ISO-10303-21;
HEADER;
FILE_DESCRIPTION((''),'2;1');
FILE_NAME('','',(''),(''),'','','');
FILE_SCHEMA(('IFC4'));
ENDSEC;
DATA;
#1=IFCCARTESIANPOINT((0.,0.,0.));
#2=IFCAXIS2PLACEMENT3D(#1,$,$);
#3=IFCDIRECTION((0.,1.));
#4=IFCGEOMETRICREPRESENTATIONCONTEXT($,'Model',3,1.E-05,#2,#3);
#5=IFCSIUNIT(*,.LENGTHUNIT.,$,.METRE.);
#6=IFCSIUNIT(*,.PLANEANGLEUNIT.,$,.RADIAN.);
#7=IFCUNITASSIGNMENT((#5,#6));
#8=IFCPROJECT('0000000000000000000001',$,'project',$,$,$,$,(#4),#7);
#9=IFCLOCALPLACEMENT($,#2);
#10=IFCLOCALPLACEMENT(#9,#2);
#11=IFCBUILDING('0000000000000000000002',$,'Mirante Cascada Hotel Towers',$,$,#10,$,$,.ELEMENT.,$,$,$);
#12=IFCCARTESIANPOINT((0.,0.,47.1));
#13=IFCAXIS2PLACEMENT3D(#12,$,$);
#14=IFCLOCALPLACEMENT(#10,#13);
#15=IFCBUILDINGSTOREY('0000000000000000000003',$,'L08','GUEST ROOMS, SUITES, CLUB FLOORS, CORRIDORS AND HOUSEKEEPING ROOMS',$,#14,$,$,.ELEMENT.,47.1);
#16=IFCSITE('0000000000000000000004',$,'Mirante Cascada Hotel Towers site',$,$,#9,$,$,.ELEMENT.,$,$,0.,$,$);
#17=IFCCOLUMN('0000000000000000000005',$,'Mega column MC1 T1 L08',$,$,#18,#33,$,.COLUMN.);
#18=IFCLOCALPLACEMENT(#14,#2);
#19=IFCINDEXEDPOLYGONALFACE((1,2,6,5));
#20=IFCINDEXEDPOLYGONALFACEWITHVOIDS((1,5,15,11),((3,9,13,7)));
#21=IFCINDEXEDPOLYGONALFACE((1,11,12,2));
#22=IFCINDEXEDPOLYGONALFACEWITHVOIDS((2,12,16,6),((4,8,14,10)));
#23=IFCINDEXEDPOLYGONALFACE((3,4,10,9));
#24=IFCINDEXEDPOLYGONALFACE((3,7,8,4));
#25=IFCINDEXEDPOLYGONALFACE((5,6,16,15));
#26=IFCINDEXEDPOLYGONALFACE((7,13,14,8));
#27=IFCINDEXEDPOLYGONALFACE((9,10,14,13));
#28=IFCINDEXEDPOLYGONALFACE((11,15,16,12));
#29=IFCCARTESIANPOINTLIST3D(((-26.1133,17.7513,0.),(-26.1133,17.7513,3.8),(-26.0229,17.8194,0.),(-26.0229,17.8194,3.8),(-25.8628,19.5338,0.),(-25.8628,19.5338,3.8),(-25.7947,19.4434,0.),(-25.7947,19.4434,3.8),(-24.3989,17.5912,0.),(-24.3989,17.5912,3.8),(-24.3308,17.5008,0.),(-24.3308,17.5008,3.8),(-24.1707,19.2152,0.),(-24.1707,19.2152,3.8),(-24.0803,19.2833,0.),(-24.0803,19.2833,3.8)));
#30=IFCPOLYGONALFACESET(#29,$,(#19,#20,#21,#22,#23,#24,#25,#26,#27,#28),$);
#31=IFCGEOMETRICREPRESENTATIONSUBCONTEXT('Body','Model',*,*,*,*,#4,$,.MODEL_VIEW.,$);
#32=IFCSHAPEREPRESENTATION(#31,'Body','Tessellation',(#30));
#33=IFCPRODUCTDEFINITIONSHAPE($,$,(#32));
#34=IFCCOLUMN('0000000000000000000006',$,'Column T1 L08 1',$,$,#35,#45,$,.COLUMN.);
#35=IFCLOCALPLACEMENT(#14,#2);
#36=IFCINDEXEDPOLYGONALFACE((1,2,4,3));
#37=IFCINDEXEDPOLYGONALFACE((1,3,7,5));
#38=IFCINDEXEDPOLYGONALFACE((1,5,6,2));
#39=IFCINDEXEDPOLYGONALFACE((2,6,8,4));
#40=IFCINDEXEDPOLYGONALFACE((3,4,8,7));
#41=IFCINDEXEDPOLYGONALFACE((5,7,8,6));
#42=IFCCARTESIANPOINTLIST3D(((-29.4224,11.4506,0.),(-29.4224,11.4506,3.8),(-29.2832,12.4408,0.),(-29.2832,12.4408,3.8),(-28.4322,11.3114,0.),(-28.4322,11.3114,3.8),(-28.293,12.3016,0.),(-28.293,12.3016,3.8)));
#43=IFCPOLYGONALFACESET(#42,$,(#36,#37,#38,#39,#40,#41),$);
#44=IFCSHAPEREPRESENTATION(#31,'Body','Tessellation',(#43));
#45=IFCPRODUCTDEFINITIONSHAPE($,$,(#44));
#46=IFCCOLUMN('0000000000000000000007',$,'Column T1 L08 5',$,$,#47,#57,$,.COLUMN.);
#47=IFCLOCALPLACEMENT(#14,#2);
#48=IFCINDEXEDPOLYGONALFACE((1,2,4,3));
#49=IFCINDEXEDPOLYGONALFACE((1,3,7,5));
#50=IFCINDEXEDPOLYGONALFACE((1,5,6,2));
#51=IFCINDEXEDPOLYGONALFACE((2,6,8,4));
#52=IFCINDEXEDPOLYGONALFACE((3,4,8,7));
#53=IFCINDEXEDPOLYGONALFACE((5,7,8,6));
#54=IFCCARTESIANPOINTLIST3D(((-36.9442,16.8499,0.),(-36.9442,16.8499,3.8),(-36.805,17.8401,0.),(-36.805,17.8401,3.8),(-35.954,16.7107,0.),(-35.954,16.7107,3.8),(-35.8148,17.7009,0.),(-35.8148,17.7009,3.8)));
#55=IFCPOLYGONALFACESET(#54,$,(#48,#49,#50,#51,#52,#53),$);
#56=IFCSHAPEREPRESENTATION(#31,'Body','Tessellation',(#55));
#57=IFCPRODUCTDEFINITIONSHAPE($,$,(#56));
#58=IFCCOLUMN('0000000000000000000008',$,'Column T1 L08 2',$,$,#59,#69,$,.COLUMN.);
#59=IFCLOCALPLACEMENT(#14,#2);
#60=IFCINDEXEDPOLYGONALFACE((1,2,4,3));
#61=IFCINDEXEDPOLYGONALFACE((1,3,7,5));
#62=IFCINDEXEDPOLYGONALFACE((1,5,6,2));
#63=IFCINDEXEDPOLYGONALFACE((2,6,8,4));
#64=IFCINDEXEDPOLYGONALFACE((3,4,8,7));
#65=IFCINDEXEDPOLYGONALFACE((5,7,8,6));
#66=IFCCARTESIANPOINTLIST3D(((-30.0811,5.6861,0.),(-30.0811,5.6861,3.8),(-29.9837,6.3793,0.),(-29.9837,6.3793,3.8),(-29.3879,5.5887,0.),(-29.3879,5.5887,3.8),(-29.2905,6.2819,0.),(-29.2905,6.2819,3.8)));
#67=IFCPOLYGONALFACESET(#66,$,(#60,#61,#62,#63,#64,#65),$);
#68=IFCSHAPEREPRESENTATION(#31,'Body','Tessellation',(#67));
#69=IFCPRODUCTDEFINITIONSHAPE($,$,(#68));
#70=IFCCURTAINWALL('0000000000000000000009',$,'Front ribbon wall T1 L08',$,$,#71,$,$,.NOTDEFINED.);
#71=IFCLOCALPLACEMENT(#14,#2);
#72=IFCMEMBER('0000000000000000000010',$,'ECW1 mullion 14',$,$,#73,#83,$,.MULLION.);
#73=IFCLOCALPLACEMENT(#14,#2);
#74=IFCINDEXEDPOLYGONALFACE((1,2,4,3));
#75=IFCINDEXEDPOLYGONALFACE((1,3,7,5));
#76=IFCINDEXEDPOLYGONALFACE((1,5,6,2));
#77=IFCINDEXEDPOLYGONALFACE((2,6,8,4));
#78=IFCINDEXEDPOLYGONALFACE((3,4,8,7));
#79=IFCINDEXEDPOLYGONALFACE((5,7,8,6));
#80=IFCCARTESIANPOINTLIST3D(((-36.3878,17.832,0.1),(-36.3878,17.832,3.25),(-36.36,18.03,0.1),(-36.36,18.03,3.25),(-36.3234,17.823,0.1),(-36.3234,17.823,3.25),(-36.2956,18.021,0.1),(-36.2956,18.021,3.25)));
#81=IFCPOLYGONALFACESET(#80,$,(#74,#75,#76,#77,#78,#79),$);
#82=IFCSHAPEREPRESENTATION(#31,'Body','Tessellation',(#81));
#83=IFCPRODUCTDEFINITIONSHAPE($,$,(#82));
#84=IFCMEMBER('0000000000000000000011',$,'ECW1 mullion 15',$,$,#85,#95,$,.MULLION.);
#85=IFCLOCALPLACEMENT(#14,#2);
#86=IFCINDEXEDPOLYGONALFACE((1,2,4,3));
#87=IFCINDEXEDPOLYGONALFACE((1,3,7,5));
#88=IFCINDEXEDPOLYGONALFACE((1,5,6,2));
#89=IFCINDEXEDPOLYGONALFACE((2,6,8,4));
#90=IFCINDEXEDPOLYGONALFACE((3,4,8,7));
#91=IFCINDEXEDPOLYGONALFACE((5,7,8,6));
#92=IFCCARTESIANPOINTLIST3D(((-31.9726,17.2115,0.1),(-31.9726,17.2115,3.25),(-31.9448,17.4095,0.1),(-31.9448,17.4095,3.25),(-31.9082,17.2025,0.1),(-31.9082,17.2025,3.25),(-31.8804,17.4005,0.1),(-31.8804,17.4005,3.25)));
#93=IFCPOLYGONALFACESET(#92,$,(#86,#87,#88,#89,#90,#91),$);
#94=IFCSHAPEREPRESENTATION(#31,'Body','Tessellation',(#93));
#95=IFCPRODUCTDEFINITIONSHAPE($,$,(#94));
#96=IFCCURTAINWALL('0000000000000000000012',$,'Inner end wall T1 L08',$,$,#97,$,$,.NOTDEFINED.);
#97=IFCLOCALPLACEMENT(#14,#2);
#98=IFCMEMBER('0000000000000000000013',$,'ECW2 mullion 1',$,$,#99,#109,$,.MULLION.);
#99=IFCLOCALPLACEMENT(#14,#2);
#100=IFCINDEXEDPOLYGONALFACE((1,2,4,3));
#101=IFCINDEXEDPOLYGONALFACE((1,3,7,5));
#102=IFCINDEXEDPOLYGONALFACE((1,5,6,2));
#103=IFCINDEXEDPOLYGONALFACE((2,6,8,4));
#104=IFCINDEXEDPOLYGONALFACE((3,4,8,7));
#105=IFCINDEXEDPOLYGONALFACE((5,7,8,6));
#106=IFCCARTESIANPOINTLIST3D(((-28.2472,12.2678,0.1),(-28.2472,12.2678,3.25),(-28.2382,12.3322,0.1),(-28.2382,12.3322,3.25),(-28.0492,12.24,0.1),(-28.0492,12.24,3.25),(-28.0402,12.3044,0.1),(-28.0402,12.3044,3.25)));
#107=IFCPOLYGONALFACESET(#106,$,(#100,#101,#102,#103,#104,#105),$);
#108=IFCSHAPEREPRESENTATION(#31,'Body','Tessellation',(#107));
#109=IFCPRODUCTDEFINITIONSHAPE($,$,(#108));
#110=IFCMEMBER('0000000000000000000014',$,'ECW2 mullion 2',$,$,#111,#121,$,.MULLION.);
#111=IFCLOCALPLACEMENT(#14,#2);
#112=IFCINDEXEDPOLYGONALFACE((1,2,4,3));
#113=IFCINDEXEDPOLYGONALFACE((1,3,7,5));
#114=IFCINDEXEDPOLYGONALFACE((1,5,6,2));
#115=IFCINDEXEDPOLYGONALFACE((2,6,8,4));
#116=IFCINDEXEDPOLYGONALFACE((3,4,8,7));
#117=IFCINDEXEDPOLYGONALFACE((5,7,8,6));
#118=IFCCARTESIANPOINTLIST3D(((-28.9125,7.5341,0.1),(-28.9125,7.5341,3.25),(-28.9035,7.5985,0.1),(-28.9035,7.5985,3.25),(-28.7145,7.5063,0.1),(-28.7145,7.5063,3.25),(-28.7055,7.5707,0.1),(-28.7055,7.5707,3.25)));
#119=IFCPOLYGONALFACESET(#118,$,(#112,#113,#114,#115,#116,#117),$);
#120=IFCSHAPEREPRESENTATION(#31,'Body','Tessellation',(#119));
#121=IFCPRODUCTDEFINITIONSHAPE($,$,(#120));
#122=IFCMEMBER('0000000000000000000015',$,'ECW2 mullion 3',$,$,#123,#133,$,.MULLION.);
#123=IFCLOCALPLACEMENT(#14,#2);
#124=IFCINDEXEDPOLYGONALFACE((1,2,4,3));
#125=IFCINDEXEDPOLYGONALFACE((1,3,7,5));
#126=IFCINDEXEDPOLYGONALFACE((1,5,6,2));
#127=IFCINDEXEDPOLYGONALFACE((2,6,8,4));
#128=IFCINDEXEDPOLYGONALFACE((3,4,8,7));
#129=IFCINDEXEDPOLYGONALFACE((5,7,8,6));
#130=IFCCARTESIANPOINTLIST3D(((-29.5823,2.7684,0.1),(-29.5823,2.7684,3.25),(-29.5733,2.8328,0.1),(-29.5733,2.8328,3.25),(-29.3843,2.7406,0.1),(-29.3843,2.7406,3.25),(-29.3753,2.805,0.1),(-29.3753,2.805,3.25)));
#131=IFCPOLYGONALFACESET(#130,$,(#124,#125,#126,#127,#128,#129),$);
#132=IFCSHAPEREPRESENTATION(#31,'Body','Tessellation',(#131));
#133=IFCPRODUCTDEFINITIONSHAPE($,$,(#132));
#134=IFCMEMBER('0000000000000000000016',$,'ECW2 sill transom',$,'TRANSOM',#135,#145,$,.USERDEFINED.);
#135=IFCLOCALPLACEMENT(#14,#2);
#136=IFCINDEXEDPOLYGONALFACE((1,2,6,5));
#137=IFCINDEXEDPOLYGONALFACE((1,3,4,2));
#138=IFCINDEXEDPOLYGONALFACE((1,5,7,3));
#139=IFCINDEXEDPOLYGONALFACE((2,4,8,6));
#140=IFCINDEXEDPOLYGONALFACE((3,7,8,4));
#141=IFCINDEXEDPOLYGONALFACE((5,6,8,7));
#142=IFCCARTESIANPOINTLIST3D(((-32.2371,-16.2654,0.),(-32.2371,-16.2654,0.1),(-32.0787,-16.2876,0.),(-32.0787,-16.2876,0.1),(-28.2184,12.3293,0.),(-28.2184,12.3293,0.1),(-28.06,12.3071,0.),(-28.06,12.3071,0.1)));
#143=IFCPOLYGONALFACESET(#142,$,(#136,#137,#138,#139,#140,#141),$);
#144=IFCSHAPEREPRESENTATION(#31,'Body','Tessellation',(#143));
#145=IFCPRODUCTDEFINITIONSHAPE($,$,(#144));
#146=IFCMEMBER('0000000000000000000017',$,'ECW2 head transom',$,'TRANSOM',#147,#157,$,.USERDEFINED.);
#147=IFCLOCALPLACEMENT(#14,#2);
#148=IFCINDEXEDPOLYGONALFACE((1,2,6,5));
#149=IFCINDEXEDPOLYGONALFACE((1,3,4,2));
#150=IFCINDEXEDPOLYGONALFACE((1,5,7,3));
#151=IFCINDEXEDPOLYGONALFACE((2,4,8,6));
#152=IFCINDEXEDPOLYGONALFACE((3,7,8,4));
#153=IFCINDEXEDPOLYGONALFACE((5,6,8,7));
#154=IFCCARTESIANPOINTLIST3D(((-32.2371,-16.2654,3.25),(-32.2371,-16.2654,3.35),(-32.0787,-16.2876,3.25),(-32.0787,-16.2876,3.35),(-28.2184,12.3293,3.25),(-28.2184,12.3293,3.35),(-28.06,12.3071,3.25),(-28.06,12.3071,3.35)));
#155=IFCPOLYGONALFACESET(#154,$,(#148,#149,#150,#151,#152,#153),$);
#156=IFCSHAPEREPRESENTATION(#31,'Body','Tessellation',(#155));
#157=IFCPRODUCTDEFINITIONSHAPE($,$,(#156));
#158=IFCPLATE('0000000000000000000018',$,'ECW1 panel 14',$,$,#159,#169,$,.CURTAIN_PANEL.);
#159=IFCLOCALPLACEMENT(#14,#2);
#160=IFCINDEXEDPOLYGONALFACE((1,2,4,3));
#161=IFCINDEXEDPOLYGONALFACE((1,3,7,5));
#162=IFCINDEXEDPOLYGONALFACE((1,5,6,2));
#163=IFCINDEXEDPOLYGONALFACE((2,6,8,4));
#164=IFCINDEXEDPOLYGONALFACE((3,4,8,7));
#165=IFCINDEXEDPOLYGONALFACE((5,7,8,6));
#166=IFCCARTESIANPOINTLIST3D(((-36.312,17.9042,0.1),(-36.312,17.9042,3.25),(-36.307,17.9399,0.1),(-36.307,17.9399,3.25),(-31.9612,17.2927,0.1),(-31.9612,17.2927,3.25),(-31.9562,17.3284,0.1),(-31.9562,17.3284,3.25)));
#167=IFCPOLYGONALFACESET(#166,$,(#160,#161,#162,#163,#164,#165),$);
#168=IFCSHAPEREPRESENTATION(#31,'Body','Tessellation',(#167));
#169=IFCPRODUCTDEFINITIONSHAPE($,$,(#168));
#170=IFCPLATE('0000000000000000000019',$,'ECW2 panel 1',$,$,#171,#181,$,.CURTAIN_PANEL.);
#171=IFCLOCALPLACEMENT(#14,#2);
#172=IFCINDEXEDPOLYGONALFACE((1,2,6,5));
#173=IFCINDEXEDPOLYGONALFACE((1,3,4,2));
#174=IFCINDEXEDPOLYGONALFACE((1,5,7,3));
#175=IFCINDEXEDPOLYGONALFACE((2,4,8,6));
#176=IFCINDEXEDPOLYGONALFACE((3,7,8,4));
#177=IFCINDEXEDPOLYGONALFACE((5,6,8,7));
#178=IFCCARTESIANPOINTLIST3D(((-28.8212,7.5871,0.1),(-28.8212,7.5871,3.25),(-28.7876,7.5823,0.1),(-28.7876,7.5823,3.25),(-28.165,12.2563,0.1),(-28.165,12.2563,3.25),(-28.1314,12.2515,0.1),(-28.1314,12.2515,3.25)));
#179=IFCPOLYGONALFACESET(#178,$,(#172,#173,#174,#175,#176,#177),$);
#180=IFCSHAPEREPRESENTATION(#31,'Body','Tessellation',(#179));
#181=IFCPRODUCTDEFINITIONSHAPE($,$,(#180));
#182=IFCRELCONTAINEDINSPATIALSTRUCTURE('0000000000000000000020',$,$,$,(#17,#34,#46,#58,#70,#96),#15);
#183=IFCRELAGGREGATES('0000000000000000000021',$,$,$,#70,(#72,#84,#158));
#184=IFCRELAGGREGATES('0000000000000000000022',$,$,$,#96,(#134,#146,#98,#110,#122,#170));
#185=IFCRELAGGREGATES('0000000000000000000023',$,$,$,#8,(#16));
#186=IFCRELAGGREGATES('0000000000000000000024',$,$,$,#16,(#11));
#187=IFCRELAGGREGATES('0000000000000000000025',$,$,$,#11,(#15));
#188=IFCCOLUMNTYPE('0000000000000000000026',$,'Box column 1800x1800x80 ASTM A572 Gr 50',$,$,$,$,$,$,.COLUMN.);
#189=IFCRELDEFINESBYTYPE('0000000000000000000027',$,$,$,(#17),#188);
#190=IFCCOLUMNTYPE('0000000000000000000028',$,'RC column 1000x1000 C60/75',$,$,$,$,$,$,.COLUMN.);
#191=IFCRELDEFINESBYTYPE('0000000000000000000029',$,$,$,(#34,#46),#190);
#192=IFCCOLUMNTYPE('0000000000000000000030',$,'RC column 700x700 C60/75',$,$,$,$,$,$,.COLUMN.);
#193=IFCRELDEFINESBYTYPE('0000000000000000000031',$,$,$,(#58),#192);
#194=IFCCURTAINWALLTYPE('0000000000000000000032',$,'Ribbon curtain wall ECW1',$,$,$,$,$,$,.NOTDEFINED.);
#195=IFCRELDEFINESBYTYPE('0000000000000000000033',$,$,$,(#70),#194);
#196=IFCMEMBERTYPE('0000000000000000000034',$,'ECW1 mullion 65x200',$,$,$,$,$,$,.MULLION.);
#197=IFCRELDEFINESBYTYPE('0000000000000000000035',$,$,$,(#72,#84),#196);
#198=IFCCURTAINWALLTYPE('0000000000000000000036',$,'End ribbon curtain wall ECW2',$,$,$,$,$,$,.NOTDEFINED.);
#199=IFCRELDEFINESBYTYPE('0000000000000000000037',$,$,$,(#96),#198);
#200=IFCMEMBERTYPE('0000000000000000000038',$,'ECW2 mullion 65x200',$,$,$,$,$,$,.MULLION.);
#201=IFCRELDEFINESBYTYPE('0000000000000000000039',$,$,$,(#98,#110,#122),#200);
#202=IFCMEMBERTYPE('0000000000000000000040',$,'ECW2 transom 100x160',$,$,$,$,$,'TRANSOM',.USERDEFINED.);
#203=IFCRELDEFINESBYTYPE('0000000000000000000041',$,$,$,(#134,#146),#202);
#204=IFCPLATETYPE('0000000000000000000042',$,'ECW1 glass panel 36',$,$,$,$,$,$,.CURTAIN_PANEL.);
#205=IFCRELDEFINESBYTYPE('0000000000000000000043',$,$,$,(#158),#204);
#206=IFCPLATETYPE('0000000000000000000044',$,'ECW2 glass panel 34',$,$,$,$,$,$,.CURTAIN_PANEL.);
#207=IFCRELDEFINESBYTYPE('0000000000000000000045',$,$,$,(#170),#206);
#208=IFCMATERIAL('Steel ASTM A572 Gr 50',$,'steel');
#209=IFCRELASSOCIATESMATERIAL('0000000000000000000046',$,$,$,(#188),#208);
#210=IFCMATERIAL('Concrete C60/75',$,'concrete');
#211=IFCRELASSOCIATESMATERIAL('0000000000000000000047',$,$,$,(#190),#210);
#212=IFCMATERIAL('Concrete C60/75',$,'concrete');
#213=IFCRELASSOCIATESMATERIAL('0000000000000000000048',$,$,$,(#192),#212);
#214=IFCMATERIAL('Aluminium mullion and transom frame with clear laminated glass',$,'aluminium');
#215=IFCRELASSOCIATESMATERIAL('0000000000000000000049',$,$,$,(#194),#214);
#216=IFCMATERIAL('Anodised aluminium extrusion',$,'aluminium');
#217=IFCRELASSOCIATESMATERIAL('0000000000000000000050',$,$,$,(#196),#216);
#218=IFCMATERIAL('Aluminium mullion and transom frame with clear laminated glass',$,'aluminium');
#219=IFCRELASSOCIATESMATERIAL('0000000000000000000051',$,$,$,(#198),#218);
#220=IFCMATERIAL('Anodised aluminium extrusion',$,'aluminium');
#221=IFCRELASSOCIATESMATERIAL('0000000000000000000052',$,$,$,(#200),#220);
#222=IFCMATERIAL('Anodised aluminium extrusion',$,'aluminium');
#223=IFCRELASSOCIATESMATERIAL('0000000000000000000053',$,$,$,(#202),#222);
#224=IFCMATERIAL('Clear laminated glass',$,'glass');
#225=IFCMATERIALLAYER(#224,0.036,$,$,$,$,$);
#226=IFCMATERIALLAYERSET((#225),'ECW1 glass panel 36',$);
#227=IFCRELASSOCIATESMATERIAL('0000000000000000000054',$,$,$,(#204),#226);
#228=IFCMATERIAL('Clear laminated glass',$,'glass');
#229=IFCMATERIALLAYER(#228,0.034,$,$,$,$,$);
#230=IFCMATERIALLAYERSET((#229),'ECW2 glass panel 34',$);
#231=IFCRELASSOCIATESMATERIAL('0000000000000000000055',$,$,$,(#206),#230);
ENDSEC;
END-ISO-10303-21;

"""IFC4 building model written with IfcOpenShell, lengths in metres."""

from ifc_helpers import new_model, si_unit, direction, frame, origin, origin_2d, place, context, subcontext, project, spatial, rectangle, hollow_rectangle, extrude, material, layer, layer_set, material_profile, profile_set, type_object, element, aggregate, save


model = new_model("IFC4")

# Units and contexts
model_context = context("Model", 3, precision=1e-05, world=origin(), true_north=direction((0.0, 1.0)))
body_context = subcontext(model_context, "Body", "Model", "MODEL_VIEW")
ifc_project = project(units=[si_unit("LENGTHUNIT", "METRE"), si_unit("PLANEANGLEUNIT", "RADIAN")], contexts=[model_context])

# Site, building, storey
site_placement = place(None, origin())
site = spatial("IfcSite", under=ifc_project, at=site_placement, Name="Mirante Cascada Hotel Towers site", CompositionType="ELEMENT", RefElevation=0.0)
building_placement = place(site_placement, origin())
building = spatial("IfcBuilding", under=site, at=building_placement, Name="Mirante Cascada Hotel Towers", CompositionType="ELEMENT")
storey_placement = place(building_placement, frame((0.0, 0.0, 47.1)))
storey = spatial("IfcBuildingStorey", under=building, at=storey_placement, Name="L08", Description="GUEST ROOMS, SUITES, CLUB FLOORS, CORRIDORS AND HOUSEKEEPING ROOMS", CompositionType="ELEMENT", Elevation=47.1)

# Columns
ifc_material_1 = material(Name="Steel ASTM A572 Gr 50", Category="steel")
ifc_material_profile_1 = material_profile(ifc_material_1, hollow_rectangle(XDim=1.8, YDim=1.8, WallThickness=0.08, at=origin_2d()), Name="Box column 1800x1800x80 ASTM A572 Gr 50")
ifc_profile_set_1 = profile_set([ifc_material_profile_1], Name="Steel ASTM A572 Gr 50")
column_type_1 = type_object("IfcColumnType", Name="Box column 1800x1800x80 ASTM A572 Gr 50", PredefinedType="COLUMN", material=ifc_profile_set_1)
column_1_placement = place(storey_placement, frame((-25.0968, 18.5173, 0.0), z_axis=(0.0, 0.0, 1.0), x_axis=(-0.990268, 0.139173, 0.0)))
element("IfcColumn", 1, at=column_1_placement, inside=storey, type_object=column_type_1, Name="Mega column MC1 T1 L08", PredefinedType="COLUMN", context=body_context, shape_type="SweptSolid", body=[
    extrude(hollow_rectangle(XDim=1.8, YDim=1.8, WallThickness=0.08, at=origin_2d()), origin(), (0.0, 0.0, 1.0), 3.8),
])
ifc_material_2 = material(Name="Concrete C60/75", Category="concrete")
ifc_material_profile_2 = material_profile(ifc_material_2, rectangle(XDim=1.0, YDim=1.0, at=origin_2d()), Name="RC column 1000x1000 C60/75")
ifc_profile_set_2 = profile_set([ifc_material_profile_2], Name="Concrete C60/75")
column_type_2 = type_object("IfcColumnType", Name="RC column 1000x1000 C60/75", PredefinedType="COLUMN", material=ifc_profile_set_2)
for number, where, z_axis, x_axis, name in (
    (2, (-28.8577, 11.8761, 0.0), (0.0, 0.0, 1.0), (-0.990268, 0.139173, 0.0), "Column T1 L08 1"),
    (3, (-36.3795, 17.2754, 0.0), (0.0, 0.0, 1.0), (-0.990268, 0.139173, 0.0), "Column T1 L08 5"),
):
    element("IfcColumn", number, at=place(storey_placement, frame(where, z_axis=z_axis, x_axis=x_axis)), inside=storey, type_object=column_type_2, Name=name, PredefinedType="COLUMN", context=body_context, shape_type="SweptSolid", body=[
        extrude(rectangle(XDim=1.0, YDim=1.0, at=origin_2d()), origin(), (0.0, 0.0, 1.0), 3.8),
    ])
ifc_material_3 = material(Name="Concrete C60/75", Category="concrete")
ifc_material_profile_3 = material_profile(ifc_material_3, rectangle(XDim=0.7, YDim=0.7, at=origin_2d()), Name="RC column 700x700 C60/75")
ifc_profile_set_3 = profile_set([ifc_material_profile_3], Name="Concrete C60/75")
column_type_3 = type_object("IfcColumnType", Name="RC column 700x700 C60/75", PredefinedType="COLUMN", material=ifc_profile_set_3)
column_2_placement = place(storey_placement, frame((-29.6858, 5.984, 0.0), z_axis=(0.0, 0.0, 1.0), x_axis=(-0.990268, 0.139173, 0.0)))
element("IfcColumn", 4, at=column_2_placement, inside=storey, type_object=column_type_3, Name="Column T1 L08 2", PredefinedType="COLUMN", context=body_context, shape_type="SweptSolid", body=[
    extrude(rectangle(XDim=0.7, YDim=0.7, at=origin_2d()), origin(), (0.0, 0.0, 1.0), 3.8),
])

# Curtain walls, members
ifc_material_4 = material(Name="Aluminium mullion and transom frame with clear laminated glass", Category="aluminium")
curtain_wall_type_1 = type_object("IfcCurtainWallType", Name="Ribbon curtain wall ECW1", PredefinedType="NOTDEFINED", material=ifc_material_4)
curtain_wall_1_placement = place(storey_placement, origin())
curtain_wall_1 = element("IfcCurtainWall", 5, at=curtain_wall_1_placement, inside=storey, type_object=curtain_wall_type_1, Name="Front ribbon wall T1 L08", PredefinedType="NOTDEFINED")
ifc_material_5 = material(Name="Anodised aluminium extrusion", Category="aluminium")
ifc_material_profile_4 = material_profile(ifc_material_5, rectangle(XDim=0.2, YDim=0.065, at=origin_2d()), Name="ECW1 MULLION 65x200")
ifc_profile_set_4 = profile_set([ifc_material_profile_4], Name="Anodised aluminium extrusion")
member_type_1 = type_object("IfcMemberType", Name="ECW1 mullion 65x200", PredefinedType="MULLION", material=ifc_profile_set_4)
member_1_placement = place(storey_placement, frame((-36.3417, 17.9265, 0.1), z_axis=(0.0, 0.0, 1.0), x_axis=(0.139173, 0.990268, 0.0)))
member_1 = element("IfcMember", 6, at=member_1_placement, type_object=member_type_1, Name="ECW1 mullion 14", PredefinedType="MULLION", context=body_context, shape_type="SweptSolid", body=[
    extrude(rectangle(XDim=0.2, YDim=0.065, at=origin_2d()), origin(), (0.0, 0.0, 1.0), 3.15),
])
member_2_placement = place(storey_placement, frame((-31.9265, 17.306, 0.1), z_axis=(0.0, 0.0, 1.0), x_axis=(0.139173, 0.990268, 0.0)))
member_2 = element("IfcMember", 7, at=member_2_placement, type_object=member_type_1, Name="ECW1 mullion 15", PredefinedType="MULLION", context=body_context, shape_type="SweptSolid", body=[
    extrude(rectangle(XDim=0.2, YDim=0.065, at=origin_2d()), origin(), (0.0, 0.0, 1.0), 3.15),
])
ifc_material_6 = material(Name="Aluminium mullion and transom frame with clear laminated glass", Category="aluminium")
curtain_wall_type_2 = type_object("IfcCurtainWallType", Name="End ribbon curtain wall ECW2", PredefinedType="NOTDEFINED", material=ifc_material_6)
curtain_wall_2_placement = place(storey_placement, origin())
curtain_wall_2 = element("IfcCurtainWall", 8, at=curtain_wall_2_placement, inside=storey, type_object=curtain_wall_type_2, Name="Inner end wall T1 L08", PredefinedType="NOTDEFINED")
ifc_material_7 = material(Name="Anodised aluminium extrusion", Category="aluminium")
ifc_material_profile_5 = material_profile(ifc_material_7, rectangle(XDim=0.2, YDim=0.065, at=origin_2d()), Name="ECW2 MULLION 65x200")
ifc_profile_set_5 = profile_set([ifc_material_profile_5], Name="Anodised aluminium extrusion")
member_type_2 = type_object("IfcMemberType", Name="ECW2 mullion 65x200", PredefinedType="MULLION", material=ifc_profile_set_5)
member_3_placement = place(storey_placement, frame((-28.1437, 12.2861, 0.1), z_axis=(0.0, 0.0, 1.0), x_axis=(0.990268, -0.139173, 0.0)))
member_3 = element("IfcMember", 9, at=member_3_placement, type_object=member_type_2, Name="ECW2 mullion 1", PredefinedType="MULLION", context=body_context, shape_type="SweptSolid", body=[
    extrude(rectangle(XDim=0.2, YDim=0.065, at=origin_2d()), origin(), (0.0, 0.0, 1.0), 3.15),
])
member_4_placement = place(storey_placement, frame((-28.809, 7.5524, 0.1), z_axis=(0.0, 0.0, 1.0), x_axis=(0.990268, -0.139173, 0.0)))
member_4 = element("IfcMember", 10, at=member_4_placement, type_object=member_type_2, Name="ECW2 mullion 2", PredefinedType="MULLION", context=body_context, shape_type="SweptSolid", body=[
    extrude(rectangle(XDim=0.2, YDim=0.065, at=origin_2d()), origin(), (0.0, 0.0, 1.0), 3.15),
])
member_5_placement = place(storey_placement, frame((-29.4788, 2.7867, 0.1), z_axis=(0.0, 0.0, 1.0), x_axis=(0.990268, -0.139173, 0.0)))
member_5 = element("IfcMember", 11, at=member_5_placement, type_object=member_type_2, Name="ECW2 mullion 3", PredefinedType="MULLION", context=body_context, shape_type="SweptSolid", body=[
    extrude(rectangle(XDim=0.2, YDim=0.065, at=origin_2d()), origin(), (0.0, 0.0, 1.0), 3.15),
])
ifc_material_8 = material(Name="Anodised aluminium extrusion", Category="aluminium")
ifc_material_profile_6 = material_profile(ifc_material_8, rectangle(XDim=0.16, YDim=0.1, at=origin_2d()), Name="ECW2 TRANSOM 100x160")
ifc_profile_set_6 = profile_set([ifc_material_profile_6], Name="Anodised aluminium extrusion")
member_type_3 = type_object("IfcMemberType", Name="ECW2 transom 100x160", ElementType="TRANSOM", PredefinedType="USERDEFINED", material=ifc_profile_set_6)
member_6_placement = place(storey_placement, frame((-28.1392, 12.3182, 0.05), z_axis=(-0.139172, -0.990268, 0.0), x_axis=(0.990268, -0.139172, 0.0)))
member_6 = element("IfcMember", 12, at=member_6_placement, type_object=member_type_3, Name="ECW2 sill transom", ObjectType="TRANSOM", PredefinedType="USERDEFINED", context=body_context, shape_type="SweptSolid", body=[
    extrude(rectangle(XDim=0.16, YDim=0.1, at=origin_2d()), origin(), (0.0, 0.0, 1.0), 28.8757),
])
member_7_placement = place(storey_placement, frame((-28.1392, 12.3182, 3.3), z_axis=(-0.139172, -0.990268, 0.0), x_axis=(0.990268, -0.139172, 0.0)))
member_7 = element("IfcMember", 13, at=member_7_placement, type_object=member_type_3, Name="ECW2 head transom", ObjectType="TRANSOM", PredefinedType="USERDEFINED", context=body_context, shape_type="SweptSolid", body=[
    extrude(rectangle(XDim=0.16, YDim=0.1, at=origin_2d()), origin(), (0.0, 0.0, 1.0), 28.8757),
])

# Plates
ifc_material_9 = material(Name="Clear laminated glass", Category="glass")
ifc_layer_1 = layer(ifc_material_9, 0.036)
ifc_layer_set_1 = layer_set([ifc_layer_1], Name="ECW1 glass panel 36")
plate_type_1 = type_object("IfcPlateType", Name="ECW1 glass panel 36", PredefinedType="CURTAIN_PANEL", material=ifc_layer_set_1)
plate_1_placement = place(storey_placement, frame((-34.1341, 17.6163, 0.1), z_axis=(0.0, 0.0, 1.0), x_axis=(0.990268, -0.139173, 0.0)))
plate_1 = element("IfcPlate", 14, at=plate_1_placement, type_object=plate_type_1, Name="ECW1 panel 14", PredefinedType="CURTAIN_PANEL", context=body_context, shape_type="SweptSolid", body=[
    extrude(rectangle(XDim=4.3936, YDim=0.036, at=origin_2d()), origin(), (0.0, 0.0, 1.0), 3.15),
])
aggregate(curtain_wall_1, [member_1, member_2, plate_1])
ifc_material_10 = material(Name="Clear laminated glass", Category="glass")
ifc_layer_2 = layer(ifc_material_10, 0.034)
ifc_layer_set_2 = layer_set([ifc_layer_2], Name="ECW2 glass panel 34")
plate_type_2 = type_object("IfcPlateType", Name="ECW2 glass panel 34", PredefinedType="CURTAIN_PANEL", material=ifc_layer_set_2)
plate_2_placement = place(storey_placement, frame((-28.4763, 9.9193, 0.1), z_axis=(0.0, 0.0, 1.0), x_axis=(-0.139173, -0.990268, 0.0)))
plate_2 = element("IfcPlate", 15, at=plate_2_placement, type_object=plate_type_2, Name="ECW2 panel 1", PredefinedType="CURTAIN_PANEL", context=body_context, shape_type="SweptSolid", body=[
    extrude(rectangle(XDim=4.7151, YDim=0.034, at=origin_2d()), origin(), (0.0, 0.0, 1.0), 3.15),
])
aggregate(curtain_wall_2, [member_6, member_7, member_3, member_4, member_5, plate_2])

save(model, "model.ifc")
